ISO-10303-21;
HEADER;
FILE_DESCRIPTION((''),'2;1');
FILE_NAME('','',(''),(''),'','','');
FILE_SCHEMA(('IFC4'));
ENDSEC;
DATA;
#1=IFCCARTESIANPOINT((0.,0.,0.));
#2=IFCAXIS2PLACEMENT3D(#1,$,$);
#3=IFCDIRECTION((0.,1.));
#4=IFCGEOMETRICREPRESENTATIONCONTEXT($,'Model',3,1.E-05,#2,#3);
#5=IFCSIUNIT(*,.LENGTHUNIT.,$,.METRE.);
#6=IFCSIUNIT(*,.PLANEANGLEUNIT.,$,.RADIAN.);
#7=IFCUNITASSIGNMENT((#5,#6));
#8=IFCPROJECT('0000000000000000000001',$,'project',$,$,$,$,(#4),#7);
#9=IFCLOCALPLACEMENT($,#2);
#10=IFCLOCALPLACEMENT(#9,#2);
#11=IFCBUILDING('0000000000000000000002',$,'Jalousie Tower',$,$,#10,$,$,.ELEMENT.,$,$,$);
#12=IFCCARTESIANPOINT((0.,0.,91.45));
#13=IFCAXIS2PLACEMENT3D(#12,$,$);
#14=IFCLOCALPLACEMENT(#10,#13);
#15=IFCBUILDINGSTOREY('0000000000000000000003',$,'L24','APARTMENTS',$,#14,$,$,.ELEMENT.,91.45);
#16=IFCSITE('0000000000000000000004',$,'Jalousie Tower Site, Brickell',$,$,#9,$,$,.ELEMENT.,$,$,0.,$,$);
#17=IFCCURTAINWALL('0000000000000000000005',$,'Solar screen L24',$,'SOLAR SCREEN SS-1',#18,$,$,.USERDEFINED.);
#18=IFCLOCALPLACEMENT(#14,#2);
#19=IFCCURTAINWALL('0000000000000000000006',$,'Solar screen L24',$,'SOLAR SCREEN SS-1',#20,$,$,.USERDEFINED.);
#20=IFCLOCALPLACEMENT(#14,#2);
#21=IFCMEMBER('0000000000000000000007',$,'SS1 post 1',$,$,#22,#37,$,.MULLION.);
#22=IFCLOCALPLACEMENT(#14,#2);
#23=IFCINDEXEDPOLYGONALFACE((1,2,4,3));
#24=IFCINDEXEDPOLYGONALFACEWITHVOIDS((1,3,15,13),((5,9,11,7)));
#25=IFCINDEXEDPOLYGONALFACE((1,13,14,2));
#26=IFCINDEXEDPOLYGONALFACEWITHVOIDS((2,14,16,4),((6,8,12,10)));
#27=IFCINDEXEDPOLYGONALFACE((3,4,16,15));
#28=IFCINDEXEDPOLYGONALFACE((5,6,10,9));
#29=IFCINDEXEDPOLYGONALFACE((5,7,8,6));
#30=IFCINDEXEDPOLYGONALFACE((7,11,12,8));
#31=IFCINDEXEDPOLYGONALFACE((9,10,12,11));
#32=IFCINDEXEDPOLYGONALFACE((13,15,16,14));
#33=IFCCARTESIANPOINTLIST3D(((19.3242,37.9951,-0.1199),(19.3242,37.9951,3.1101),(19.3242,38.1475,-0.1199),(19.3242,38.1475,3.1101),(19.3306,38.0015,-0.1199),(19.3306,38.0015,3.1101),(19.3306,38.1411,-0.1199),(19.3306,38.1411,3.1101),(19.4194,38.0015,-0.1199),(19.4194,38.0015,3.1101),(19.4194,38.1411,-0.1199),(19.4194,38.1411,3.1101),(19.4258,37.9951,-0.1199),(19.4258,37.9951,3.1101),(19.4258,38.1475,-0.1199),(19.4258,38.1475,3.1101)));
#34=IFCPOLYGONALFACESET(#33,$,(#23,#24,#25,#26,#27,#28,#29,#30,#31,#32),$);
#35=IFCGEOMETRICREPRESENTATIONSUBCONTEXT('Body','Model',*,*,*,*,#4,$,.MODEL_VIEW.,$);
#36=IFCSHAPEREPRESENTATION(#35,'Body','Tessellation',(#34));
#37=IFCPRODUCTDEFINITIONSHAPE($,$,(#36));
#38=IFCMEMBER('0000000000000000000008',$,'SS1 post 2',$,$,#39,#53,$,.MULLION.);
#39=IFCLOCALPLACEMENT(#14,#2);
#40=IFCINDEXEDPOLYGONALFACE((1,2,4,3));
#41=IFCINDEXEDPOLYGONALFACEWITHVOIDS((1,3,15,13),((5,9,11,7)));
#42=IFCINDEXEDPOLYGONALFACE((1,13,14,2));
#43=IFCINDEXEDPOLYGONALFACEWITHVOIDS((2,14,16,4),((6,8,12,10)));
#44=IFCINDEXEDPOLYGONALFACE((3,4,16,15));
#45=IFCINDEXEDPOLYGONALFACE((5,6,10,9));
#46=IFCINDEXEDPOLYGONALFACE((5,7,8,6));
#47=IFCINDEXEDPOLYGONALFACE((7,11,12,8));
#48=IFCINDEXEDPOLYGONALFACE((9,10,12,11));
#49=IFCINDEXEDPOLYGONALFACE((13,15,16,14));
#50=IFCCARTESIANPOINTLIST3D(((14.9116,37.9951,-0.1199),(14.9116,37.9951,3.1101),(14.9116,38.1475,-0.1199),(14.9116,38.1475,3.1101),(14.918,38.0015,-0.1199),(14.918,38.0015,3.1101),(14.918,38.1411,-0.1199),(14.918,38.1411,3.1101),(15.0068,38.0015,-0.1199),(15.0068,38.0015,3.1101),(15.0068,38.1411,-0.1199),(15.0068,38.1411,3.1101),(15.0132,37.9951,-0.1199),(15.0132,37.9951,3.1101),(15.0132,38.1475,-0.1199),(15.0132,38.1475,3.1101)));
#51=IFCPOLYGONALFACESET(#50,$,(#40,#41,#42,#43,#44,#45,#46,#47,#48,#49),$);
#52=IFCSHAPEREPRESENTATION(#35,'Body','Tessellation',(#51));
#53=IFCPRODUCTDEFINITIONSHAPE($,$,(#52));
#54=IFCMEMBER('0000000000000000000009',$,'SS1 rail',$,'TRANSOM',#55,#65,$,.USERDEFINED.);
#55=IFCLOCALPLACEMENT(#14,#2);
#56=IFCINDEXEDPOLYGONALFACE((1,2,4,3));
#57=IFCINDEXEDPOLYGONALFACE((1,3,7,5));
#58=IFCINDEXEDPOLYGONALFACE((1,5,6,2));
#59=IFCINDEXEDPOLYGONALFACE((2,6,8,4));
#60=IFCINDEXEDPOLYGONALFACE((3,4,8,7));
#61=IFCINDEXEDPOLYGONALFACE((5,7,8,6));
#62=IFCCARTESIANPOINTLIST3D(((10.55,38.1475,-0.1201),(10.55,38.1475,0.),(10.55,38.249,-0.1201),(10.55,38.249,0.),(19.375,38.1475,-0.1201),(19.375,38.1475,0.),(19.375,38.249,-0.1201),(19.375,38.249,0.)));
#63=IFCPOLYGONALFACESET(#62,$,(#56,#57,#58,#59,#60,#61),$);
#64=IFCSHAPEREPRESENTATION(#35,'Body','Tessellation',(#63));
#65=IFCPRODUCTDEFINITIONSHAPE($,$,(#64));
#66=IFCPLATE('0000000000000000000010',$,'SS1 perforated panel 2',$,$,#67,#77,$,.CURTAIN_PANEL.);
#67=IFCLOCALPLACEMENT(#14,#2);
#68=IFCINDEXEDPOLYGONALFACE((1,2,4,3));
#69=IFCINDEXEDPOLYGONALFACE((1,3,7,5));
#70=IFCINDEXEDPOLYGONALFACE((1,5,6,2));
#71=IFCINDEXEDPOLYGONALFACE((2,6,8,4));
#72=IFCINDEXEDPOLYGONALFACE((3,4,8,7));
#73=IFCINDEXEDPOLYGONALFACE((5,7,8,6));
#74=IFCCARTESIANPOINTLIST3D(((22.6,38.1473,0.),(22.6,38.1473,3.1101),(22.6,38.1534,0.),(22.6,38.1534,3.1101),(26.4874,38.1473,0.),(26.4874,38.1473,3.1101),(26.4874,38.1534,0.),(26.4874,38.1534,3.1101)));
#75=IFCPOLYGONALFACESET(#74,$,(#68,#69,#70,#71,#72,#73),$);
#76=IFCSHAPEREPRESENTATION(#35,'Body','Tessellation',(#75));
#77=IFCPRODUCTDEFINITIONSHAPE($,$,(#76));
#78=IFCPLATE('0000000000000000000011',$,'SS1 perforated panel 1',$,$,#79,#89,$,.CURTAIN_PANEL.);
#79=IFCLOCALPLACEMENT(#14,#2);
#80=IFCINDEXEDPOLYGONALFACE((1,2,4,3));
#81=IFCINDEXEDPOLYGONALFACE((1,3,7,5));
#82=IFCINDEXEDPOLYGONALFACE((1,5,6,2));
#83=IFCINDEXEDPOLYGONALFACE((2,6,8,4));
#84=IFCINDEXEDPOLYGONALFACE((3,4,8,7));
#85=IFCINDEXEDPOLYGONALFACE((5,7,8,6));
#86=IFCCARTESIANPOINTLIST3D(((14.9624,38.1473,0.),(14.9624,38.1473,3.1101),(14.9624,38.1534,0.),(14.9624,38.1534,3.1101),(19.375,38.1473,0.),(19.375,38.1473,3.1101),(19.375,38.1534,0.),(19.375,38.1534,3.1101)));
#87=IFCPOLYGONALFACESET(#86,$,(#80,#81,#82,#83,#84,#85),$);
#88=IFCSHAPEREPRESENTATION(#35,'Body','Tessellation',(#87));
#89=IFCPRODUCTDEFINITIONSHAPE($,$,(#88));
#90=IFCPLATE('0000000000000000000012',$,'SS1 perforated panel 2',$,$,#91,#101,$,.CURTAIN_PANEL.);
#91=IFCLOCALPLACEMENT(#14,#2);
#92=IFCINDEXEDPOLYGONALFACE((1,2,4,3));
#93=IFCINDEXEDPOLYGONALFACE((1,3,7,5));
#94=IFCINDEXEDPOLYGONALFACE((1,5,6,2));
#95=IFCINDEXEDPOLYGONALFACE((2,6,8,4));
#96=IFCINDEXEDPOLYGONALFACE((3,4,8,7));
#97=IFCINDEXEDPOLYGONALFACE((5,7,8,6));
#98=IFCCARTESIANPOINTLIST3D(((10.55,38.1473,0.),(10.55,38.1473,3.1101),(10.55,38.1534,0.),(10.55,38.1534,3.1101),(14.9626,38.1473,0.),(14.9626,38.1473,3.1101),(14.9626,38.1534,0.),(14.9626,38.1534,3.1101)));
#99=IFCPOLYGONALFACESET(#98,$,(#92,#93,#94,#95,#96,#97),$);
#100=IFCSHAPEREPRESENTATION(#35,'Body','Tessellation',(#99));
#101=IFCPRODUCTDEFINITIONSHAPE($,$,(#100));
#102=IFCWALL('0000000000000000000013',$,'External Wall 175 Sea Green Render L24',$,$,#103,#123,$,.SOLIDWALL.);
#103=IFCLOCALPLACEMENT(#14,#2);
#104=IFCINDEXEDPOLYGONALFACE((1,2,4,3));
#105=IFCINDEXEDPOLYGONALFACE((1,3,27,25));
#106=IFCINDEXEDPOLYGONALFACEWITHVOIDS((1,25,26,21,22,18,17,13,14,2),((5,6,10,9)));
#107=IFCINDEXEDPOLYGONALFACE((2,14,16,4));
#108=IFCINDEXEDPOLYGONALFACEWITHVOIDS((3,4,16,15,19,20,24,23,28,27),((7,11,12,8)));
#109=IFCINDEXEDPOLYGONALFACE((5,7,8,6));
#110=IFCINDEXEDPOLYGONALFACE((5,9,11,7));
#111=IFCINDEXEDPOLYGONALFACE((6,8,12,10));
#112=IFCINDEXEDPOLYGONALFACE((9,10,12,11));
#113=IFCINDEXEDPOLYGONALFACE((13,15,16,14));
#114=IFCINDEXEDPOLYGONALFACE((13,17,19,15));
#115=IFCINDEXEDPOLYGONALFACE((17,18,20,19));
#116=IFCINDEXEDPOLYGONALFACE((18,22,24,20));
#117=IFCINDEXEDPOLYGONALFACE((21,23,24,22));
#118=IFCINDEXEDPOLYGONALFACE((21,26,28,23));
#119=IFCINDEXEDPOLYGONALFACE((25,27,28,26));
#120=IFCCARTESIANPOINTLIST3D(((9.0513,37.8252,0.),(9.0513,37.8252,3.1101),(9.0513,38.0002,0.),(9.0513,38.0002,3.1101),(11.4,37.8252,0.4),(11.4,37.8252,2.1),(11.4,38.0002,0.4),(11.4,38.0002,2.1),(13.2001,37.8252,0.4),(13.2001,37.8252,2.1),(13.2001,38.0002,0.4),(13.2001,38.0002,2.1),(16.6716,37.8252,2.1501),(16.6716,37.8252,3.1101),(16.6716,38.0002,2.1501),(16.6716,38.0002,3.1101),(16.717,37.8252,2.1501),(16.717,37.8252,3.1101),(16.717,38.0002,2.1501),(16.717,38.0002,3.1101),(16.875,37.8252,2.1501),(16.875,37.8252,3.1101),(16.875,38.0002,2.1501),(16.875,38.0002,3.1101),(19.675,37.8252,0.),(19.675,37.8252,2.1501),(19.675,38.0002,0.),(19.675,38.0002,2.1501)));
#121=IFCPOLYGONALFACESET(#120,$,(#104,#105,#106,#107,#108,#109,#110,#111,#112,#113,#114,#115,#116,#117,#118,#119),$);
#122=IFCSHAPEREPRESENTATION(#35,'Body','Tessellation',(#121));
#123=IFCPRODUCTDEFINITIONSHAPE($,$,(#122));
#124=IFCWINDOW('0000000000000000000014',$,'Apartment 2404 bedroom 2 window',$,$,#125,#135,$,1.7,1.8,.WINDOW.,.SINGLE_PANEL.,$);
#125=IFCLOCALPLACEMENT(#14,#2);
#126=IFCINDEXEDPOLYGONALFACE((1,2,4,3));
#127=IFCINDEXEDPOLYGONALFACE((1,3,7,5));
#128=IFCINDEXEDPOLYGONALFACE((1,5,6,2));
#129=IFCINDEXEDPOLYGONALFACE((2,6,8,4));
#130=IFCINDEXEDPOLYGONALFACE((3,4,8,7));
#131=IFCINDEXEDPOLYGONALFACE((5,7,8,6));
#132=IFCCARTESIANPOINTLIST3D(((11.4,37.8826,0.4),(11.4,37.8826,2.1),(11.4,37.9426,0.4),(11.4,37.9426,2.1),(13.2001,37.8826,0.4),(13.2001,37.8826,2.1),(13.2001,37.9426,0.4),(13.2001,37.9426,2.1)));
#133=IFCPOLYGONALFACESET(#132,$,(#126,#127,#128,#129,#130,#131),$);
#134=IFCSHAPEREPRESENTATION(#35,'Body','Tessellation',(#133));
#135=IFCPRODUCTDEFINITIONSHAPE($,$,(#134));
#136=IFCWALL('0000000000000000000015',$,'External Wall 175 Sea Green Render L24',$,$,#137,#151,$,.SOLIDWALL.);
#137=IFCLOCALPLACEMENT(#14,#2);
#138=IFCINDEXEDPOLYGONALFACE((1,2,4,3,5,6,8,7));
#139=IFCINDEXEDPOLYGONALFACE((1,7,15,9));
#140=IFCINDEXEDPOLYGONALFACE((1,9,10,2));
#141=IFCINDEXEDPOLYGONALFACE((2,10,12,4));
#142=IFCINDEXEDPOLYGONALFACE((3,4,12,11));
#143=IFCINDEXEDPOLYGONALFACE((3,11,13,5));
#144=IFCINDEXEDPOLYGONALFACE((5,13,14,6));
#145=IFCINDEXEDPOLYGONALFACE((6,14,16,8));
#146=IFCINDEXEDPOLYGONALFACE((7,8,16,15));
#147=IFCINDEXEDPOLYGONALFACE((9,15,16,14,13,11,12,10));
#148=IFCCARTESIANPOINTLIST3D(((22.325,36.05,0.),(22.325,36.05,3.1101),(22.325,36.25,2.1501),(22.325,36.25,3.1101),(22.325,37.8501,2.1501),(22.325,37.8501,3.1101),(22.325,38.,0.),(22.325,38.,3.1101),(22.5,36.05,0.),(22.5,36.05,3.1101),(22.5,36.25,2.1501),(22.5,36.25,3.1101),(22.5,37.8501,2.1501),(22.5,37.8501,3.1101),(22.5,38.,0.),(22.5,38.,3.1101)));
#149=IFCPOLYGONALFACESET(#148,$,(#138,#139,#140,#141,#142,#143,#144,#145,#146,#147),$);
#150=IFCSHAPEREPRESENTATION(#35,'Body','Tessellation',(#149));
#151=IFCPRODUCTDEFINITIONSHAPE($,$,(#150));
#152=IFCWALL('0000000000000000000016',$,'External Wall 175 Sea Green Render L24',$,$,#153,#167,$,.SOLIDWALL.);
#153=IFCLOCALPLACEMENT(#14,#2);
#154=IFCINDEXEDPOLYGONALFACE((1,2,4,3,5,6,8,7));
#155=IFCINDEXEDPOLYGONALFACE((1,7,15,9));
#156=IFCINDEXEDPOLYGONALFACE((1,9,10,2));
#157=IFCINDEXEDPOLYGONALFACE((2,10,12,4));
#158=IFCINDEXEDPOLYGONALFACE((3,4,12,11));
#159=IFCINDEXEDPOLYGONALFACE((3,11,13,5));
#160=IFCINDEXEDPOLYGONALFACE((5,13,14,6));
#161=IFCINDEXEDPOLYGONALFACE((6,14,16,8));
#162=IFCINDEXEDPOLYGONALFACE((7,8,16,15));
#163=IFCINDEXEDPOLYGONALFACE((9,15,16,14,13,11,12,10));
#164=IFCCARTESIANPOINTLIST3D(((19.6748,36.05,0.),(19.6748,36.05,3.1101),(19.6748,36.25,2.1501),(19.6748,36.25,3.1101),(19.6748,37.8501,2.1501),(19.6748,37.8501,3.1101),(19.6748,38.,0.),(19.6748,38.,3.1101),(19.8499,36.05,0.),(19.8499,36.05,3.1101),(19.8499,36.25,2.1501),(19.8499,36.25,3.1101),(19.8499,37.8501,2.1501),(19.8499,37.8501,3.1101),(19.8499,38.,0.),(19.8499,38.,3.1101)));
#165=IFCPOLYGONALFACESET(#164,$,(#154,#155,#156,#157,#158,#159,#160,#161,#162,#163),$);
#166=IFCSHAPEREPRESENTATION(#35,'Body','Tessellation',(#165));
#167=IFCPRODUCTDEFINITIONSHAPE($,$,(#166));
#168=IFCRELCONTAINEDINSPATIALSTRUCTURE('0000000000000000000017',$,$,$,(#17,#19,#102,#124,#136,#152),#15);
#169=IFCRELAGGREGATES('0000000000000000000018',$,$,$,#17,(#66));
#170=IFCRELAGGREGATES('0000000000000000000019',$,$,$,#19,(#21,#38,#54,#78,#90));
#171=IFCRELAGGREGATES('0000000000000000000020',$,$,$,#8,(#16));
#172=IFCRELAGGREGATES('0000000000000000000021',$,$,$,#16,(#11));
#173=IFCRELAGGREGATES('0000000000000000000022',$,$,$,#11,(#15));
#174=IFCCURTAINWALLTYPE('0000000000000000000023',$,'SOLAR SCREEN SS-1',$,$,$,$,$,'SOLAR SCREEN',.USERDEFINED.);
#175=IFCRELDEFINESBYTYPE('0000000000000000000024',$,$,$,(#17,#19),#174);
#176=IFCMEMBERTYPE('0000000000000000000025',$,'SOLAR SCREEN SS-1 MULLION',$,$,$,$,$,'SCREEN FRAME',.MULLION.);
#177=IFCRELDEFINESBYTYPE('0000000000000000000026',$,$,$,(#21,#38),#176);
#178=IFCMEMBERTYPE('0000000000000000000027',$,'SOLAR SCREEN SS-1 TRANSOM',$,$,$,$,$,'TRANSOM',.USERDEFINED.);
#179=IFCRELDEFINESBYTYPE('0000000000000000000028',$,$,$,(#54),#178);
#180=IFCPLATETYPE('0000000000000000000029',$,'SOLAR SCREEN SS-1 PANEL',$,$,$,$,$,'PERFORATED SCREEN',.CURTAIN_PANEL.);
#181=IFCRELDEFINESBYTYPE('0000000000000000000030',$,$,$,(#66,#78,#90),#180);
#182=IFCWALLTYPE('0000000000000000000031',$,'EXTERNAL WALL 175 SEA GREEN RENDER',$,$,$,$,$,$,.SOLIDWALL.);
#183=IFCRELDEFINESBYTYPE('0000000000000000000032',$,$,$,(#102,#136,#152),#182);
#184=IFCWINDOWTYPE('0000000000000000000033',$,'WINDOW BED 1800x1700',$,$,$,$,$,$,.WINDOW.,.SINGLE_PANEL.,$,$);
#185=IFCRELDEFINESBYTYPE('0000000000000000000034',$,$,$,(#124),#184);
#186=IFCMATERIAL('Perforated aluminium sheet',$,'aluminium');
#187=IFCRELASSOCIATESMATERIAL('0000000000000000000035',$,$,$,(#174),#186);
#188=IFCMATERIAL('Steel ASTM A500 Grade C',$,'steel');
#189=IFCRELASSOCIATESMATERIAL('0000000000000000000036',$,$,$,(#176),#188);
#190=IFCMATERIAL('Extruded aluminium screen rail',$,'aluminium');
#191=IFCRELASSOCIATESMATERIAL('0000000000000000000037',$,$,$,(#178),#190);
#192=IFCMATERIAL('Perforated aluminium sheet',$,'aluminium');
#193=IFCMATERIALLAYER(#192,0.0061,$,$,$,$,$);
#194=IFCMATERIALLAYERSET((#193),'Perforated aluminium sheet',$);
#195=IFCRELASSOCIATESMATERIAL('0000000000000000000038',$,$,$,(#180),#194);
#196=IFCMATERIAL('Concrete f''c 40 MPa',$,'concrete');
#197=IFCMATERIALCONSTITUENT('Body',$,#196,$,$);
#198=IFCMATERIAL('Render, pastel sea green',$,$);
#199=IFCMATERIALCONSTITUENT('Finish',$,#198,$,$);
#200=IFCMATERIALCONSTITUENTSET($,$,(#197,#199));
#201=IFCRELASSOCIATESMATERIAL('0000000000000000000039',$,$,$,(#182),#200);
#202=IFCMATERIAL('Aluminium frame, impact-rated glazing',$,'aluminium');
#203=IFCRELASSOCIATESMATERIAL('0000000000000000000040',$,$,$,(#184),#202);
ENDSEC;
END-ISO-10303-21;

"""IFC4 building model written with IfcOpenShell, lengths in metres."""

from ifc_helpers import new_model, si_unit, direction, frame, frame_2d, origin, origin_2d, place, context, subcontext, project, spatial, polyline, rectangle, hollow_rectangle, outline, extrude, material, layer, layer_set, constituent, constituent_set, material_profile, profile_set, type_object, element, fill, aggregate, save


model = new_model("IFC4")

# Units and contexts
model_context = context("Model", 3, precision=1e-05, world=origin(), true_north=direction((0.0, 1.0)))
body_context = subcontext(model_context, "Body", "Model", "MODEL_VIEW")
ifc_project = project(units=[si_unit("LENGTHUNIT", "METRE"), si_unit("PLANEANGLEUNIT", "RADIAN")], contexts=[model_context])

# Site, building, storey
site_placement = place(None, origin())
site = spatial("IfcSite", under=ifc_project, at=site_placement, Name="Jalousie Tower Site, Brickell", CompositionType="ELEMENT", RefElevation=0.0)
building_placement = place(site_placement, origin())
building = spatial("IfcBuilding", under=site, at=building_placement, Name="Jalousie Tower", CompositionType="ELEMENT")
storey_placement = place(building_placement, frame((0.0, 0.0, 91.45)))
storey = spatial("IfcBuildingStorey", under=building, at=storey_placement, Name="L24", Description="APARTMENTS", CompositionType="ELEMENT", Elevation=91.45)

# Curtain walls, members
ifc_material_1 = material(Name="Perforated aluminium sheet", Category="aluminium")
curtain_wall_type = type_object("IfcCurtainWallType", Name="SOLAR SCREEN SS-1", ElementType="SOLAR SCREEN", PredefinedType="USERDEFINED", material=ifc_material_1)
curtain_wall_1_placement = place(storey_placement, origin())
curtain_wall_1 = element("IfcCurtainWall", 1, at=curtain_wall_1_placement, inside=storey, type_object=curtain_wall_type, Name="Solar screen L24", ObjectType="SOLAR SCREEN SS-1", PredefinedType="USERDEFINED")
ifc_material_2 = material(Name="Steel ASTM A500 Grade C", Category="steel")
ifc_material_profile_1 = material_profile(ifc_material_2, hollow_rectangle(XDim=0.1016, YDim=0.1523, WallThickness=0.0063, at=origin_2d()), Name="HSS6X4X1/4")
ifc_profile_set_1 = profile_set([ifc_material_profile_1], Name="Steel ASTM A500 Grade C")
member_type_1 = type_object("IfcMemberType", Name="SOLAR SCREEN SS-1 MULLION", ElementType="SCREEN FRAME", PredefinedType="MULLION", material=ifc_profile_set_1)
curtain_wall_2_placement = place(storey_placement, origin())
curtain_wall_2 = element("IfcCurtainWall", 2, at=curtain_wall_2_placement, inside=storey, type_object=curtain_wall_type, Name="Solar screen L24", ObjectType="SOLAR SCREEN SS-1", PredefinedType="USERDEFINED")
member_1_placement = place(storey_placement, frame((19.375, 38.0713, -0.1199), z_axis=(0.0, 0.0, 1.0), x_axis=(-1.0, 0.0, 0.0)))
member_1 = element("IfcMember", 3, at=member_1_placement, type_object=member_type_1, Name="SS1 post 1", PredefinedType="MULLION", context=body_context, shape_type="SweptSolid", body=[
    extrude(hollow_rectangle(XDim=0.1016, YDim=0.1523, WallThickness=0.0063, at=origin_2d()), origin(), (0.0, 0.0, 1.0), 3.23),
])
member_2_placement = place(storey_placement, frame((14.9624, 38.0713, -0.1199), z_axis=(0.0, 0.0, 1.0), x_axis=(-1.0, 0.0, 0.0)))
member_2 = element("IfcMember", 4, at=member_2_placement, type_object=member_type_1, Name="SS1 post 2", PredefinedType="MULLION", context=body_context, shape_type="SweptSolid", body=[
    extrude(hollow_rectangle(XDim=0.1016, YDim=0.1523, WallThickness=0.0063, at=origin_2d()), origin(), (0.0, 0.0, 1.0), 3.23),
])
ifc_material_3 = material(Name="Extruded aluminium screen rail", Category="aluminium")
ifc_material_profile_2 = material_profile(ifc_material_3, rectangle(XDim=0.1016, YDim=0.1201, at=origin_2d()), Name="RAIL 102x120")
ifc_profile_set_2 = profile_set([ifc_material_profile_2], Name="Extruded aluminium screen rail")
member_type_2 = type_object("IfcMemberType", Name="SOLAR SCREEN SS-1 TRANSOM", ElementType="TRANSOM", PredefinedType="USERDEFINED", material=ifc_profile_set_2)
member_3_placement = place(storey_placement, frame((19.375, 38.1982, -0.0601), z_axis=(-1.0, 0.0, 0.0), x_axis=(0.0, -1.0, 0.0)))
member_3 = element("IfcMember", 5, at=member_3_placement, type_object=member_type_2, Name="SS1 rail", ObjectType="TRANSOM", PredefinedType="USERDEFINED", context=body_context, shape_type="SweptSolid", body=[
    extrude(rectangle(XDim=0.1016, YDim=0.1201, at=origin_2d()), origin(), (0.0, 0.0, 1.0), 8.825),
])

# Plates
ifc_material_4 = material(Name="Perforated aluminium sheet", Category="aluminium")
ifc_layer_1 = layer(ifc_material_4, 0.0061)
ifc_layer_set_1 = layer_set([ifc_layer_1], Name="Perforated aluminium sheet")
plate_type = type_object("IfcPlateType", Name="SOLAR SCREEN SS-1 PANEL", ElementType="PERFORATED SCREEN", PredefinedType="CURTAIN_PANEL", material=ifc_layer_set_1)
plate_1_placement = place(storey_placement, frame((24.5437, 38.1504, 0.0), z_axis=(0.0, 0.0, 1.0), x_axis=(-1.0, 0.0, 0.0)))
plate_1 = element("IfcPlate", 6, at=plate_1_placement, type_object=plate_type, Name="SS1 perforated panel 2", PredefinedType="CURTAIN_PANEL", context=body_context, shape_type="SweptSolid", body=[
    extrude(rectangle(XDim=3.8875, YDim=0.0061, at=origin_2d()), origin(), (0.0, 0.0, 1.0), 3.1101),
])
aggregate(curtain_wall_1, [plate_1])
plate_2_placement = place(storey_placement, frame((17.1687, 38.1504, 0.0), z_axis=(0.0, 0.0, 1.0), x_axis=(-1.0, 0.0, 0.0)))
plate_2 = element("IfcPlate", 7, at=plate_2_placement, type_object=plate_type, Name="SS1 perforated panel 1", PredefinedType="CURTAIN_PANEL", context=body_context, shape_type="SweptSolid", body=[
    extrude(rectangle(XDim=4.4126, YDim=0.0061, at=origin_2d()), origin(), (0.0, 0.0, 1.0), 3.1101),
])
plate_3_placement = place(storey_placement, frame((12.7563, 38.1504, 0.0), z_axis=(0.0, 0.0, 1.0), x_axis=(-1.0, 0.0, 0.0)))
plate_3 = element("IfcPlate", 8, at=plate_3_placement, type_object=plate_type, Name="SS1 perforated panel 2", PredefinedType="CURTAIN_PANEL", context=body_context, shape_type="SweptSolid", body=[
    extrude(rectangle(XDim=4.4126, YDim=0.0061, at=origin_2d()), origin(), (0.0, 0.0, 1.0), 3.1101),
])
aggregate(curtain_wall_2, [member_1, member_2, member_3, plate_2, plate_3])

# Wall, opening, window
ifc_material_5 = material(Name="Concrete f'c 40 MPa", Category="concrete")
ifc_constituent_1 = constituent(ifc_material_5, Name="Body")
ifc_material_6 = material(Name="Render, pastel sea green")
ifc_constituent_2 = constituent(ifc_material_6, Name="Finish")
ifc_constituent_set_1 = constituent_set(constituents=[ifc_constituent_1, ifc_constituent_2])
wall_type_1 = type_object("IfcWallType", Name="EXTERNAL WALL 175 SEA GREEN RENDER", PredefinedType="SOLIDWALL", material=ifc_constituent_set_1)
wall_1_placement = place(storey_placement, frame((19.675, 37.9126, 0.0), z_axis=(0.0, 0.0, 1.0), x_axis=(-1.0, 0.0, 0.0)))
wall_1 = element("IfcWall", 9, at=wall_1_placement, inside=storey, type_object=wall_type_1, Name="External Wall 175 Sea Green Render L24", PredefinedType="SOLIDWALL", context=body_context, shape_type="SweptSolid", body=[
    extrude(outline(polyline([(0.0, 0.0), (10.6238, 0.0), (10.6238, 3.1101), (3.0034, 3.1101), (3.0034, 2.1501), (2.958, 2.1501), (2.958, 3.1101), (2.8, 3.1101), (2.8, 2.1501), (0.0, 2.1501), (0.0, 0.0)])), frame((0.0, 0.0874, 0.0), z_axis=(0.0, -1.0, 0.0), x_axis=(1.0, 0.0, 0.0)), (0.0, 0.0, 1.0), 0.175),
])
opening_1_placement = place(wall_1_placement, frame((6.4751, 0.0, 0.3999)))
opening_1 = element("IfcOpeningElement", 10, at=opening_1_placement, cuts=wall_1, PredefinedType="OPENING", context=body_context, shape_type="SweptSolid", body=[
    extrude(rectangle(XDim=1.8, YDim=1.7, at=frame_2d((0.8999, 0.8501))), frame((0.0, 0.0974, 0.0), z_axis=(0.0, -1.0, 0.0), x_axis=(1.0, 0.0, 0.0)), (0.0, 0.0, 1.0), 0.1951),
])
ifc_material_7 = material(Name="Aluminium frame, impact-rated glazing", Category="aluminium")
window_type = type_object("IfcWindowType", Name="WINDOW BED 1800x1700", PartitioningType="SINGLE_PANEL", PredefinedType="WINDOW", material=ifc_material_7)
window_placement = place(opening_1_placement, origin())
window = element("IfcWindow", 11, at=window_placement, inside=storey, type_object=window_type, Name="Apartment 2404 bedroom 2 window", OverallHeight=1.7, OverallWidth=1.8, PartitioningType="SINGLE_PANEL", PredefinedType="WINDOW", context=body_context, shape_type="SweptSolid", body=[
    extrude(rectangle(XDim=1.8, YDim=1.7, at=frame_2d((0.8999, 0.8501))), frame((0.0, 0.03, 0.0), z_axis=(0.0, -1.0, 0.0), x_axis=(1.0, 0.0, 0.0)), (0.0, 0.0, 1.0), 0.0601),
])
fill(opening_1, window)

# Walls
for number, where, z_axis, x_axis, name in (
    (12, (22.4126, 38.0, 0.0), (0.0, 0.0, 1.0), (0.0, -1.0, 0.0), "External Wall 175 Sea Green Render L24"),
    (13, (19.7625, 38.0, 0.0), (0.0, 0.0, 1.0), (0.0, -1.0, 0.0), "External Wall 175 Sea Green Render L24"),
):
    element("IfcWall", number, at=place(storey_placement, frame(where, z_axis=z_axis, x_axis=x_axis)), inside=storey, type_object=wall_type_1, Name=name, PredefinedType="SOLIDWALL", context=body_context, shape_type="SweptSolid", body=[
        extrude(outline(polyline([(0.0, 0.0), (1.95, 0.0), (1.95, 3.1101), (1.75, 3.1101), (1.75, 2.1501), (0.1499, 2.1501), (0.1499, 3.1101), (0.0, 3.1101), (0.0, 0.0)])), frame((0.0, 0.0874, 0.0), z_axis=(0.0, -1.0, 0.0), x_axis=(1.0, 0.0, 0.0)), (0.0, 0.0, 1.0), 0.175),
    ])

save(model, "model.ifc")
